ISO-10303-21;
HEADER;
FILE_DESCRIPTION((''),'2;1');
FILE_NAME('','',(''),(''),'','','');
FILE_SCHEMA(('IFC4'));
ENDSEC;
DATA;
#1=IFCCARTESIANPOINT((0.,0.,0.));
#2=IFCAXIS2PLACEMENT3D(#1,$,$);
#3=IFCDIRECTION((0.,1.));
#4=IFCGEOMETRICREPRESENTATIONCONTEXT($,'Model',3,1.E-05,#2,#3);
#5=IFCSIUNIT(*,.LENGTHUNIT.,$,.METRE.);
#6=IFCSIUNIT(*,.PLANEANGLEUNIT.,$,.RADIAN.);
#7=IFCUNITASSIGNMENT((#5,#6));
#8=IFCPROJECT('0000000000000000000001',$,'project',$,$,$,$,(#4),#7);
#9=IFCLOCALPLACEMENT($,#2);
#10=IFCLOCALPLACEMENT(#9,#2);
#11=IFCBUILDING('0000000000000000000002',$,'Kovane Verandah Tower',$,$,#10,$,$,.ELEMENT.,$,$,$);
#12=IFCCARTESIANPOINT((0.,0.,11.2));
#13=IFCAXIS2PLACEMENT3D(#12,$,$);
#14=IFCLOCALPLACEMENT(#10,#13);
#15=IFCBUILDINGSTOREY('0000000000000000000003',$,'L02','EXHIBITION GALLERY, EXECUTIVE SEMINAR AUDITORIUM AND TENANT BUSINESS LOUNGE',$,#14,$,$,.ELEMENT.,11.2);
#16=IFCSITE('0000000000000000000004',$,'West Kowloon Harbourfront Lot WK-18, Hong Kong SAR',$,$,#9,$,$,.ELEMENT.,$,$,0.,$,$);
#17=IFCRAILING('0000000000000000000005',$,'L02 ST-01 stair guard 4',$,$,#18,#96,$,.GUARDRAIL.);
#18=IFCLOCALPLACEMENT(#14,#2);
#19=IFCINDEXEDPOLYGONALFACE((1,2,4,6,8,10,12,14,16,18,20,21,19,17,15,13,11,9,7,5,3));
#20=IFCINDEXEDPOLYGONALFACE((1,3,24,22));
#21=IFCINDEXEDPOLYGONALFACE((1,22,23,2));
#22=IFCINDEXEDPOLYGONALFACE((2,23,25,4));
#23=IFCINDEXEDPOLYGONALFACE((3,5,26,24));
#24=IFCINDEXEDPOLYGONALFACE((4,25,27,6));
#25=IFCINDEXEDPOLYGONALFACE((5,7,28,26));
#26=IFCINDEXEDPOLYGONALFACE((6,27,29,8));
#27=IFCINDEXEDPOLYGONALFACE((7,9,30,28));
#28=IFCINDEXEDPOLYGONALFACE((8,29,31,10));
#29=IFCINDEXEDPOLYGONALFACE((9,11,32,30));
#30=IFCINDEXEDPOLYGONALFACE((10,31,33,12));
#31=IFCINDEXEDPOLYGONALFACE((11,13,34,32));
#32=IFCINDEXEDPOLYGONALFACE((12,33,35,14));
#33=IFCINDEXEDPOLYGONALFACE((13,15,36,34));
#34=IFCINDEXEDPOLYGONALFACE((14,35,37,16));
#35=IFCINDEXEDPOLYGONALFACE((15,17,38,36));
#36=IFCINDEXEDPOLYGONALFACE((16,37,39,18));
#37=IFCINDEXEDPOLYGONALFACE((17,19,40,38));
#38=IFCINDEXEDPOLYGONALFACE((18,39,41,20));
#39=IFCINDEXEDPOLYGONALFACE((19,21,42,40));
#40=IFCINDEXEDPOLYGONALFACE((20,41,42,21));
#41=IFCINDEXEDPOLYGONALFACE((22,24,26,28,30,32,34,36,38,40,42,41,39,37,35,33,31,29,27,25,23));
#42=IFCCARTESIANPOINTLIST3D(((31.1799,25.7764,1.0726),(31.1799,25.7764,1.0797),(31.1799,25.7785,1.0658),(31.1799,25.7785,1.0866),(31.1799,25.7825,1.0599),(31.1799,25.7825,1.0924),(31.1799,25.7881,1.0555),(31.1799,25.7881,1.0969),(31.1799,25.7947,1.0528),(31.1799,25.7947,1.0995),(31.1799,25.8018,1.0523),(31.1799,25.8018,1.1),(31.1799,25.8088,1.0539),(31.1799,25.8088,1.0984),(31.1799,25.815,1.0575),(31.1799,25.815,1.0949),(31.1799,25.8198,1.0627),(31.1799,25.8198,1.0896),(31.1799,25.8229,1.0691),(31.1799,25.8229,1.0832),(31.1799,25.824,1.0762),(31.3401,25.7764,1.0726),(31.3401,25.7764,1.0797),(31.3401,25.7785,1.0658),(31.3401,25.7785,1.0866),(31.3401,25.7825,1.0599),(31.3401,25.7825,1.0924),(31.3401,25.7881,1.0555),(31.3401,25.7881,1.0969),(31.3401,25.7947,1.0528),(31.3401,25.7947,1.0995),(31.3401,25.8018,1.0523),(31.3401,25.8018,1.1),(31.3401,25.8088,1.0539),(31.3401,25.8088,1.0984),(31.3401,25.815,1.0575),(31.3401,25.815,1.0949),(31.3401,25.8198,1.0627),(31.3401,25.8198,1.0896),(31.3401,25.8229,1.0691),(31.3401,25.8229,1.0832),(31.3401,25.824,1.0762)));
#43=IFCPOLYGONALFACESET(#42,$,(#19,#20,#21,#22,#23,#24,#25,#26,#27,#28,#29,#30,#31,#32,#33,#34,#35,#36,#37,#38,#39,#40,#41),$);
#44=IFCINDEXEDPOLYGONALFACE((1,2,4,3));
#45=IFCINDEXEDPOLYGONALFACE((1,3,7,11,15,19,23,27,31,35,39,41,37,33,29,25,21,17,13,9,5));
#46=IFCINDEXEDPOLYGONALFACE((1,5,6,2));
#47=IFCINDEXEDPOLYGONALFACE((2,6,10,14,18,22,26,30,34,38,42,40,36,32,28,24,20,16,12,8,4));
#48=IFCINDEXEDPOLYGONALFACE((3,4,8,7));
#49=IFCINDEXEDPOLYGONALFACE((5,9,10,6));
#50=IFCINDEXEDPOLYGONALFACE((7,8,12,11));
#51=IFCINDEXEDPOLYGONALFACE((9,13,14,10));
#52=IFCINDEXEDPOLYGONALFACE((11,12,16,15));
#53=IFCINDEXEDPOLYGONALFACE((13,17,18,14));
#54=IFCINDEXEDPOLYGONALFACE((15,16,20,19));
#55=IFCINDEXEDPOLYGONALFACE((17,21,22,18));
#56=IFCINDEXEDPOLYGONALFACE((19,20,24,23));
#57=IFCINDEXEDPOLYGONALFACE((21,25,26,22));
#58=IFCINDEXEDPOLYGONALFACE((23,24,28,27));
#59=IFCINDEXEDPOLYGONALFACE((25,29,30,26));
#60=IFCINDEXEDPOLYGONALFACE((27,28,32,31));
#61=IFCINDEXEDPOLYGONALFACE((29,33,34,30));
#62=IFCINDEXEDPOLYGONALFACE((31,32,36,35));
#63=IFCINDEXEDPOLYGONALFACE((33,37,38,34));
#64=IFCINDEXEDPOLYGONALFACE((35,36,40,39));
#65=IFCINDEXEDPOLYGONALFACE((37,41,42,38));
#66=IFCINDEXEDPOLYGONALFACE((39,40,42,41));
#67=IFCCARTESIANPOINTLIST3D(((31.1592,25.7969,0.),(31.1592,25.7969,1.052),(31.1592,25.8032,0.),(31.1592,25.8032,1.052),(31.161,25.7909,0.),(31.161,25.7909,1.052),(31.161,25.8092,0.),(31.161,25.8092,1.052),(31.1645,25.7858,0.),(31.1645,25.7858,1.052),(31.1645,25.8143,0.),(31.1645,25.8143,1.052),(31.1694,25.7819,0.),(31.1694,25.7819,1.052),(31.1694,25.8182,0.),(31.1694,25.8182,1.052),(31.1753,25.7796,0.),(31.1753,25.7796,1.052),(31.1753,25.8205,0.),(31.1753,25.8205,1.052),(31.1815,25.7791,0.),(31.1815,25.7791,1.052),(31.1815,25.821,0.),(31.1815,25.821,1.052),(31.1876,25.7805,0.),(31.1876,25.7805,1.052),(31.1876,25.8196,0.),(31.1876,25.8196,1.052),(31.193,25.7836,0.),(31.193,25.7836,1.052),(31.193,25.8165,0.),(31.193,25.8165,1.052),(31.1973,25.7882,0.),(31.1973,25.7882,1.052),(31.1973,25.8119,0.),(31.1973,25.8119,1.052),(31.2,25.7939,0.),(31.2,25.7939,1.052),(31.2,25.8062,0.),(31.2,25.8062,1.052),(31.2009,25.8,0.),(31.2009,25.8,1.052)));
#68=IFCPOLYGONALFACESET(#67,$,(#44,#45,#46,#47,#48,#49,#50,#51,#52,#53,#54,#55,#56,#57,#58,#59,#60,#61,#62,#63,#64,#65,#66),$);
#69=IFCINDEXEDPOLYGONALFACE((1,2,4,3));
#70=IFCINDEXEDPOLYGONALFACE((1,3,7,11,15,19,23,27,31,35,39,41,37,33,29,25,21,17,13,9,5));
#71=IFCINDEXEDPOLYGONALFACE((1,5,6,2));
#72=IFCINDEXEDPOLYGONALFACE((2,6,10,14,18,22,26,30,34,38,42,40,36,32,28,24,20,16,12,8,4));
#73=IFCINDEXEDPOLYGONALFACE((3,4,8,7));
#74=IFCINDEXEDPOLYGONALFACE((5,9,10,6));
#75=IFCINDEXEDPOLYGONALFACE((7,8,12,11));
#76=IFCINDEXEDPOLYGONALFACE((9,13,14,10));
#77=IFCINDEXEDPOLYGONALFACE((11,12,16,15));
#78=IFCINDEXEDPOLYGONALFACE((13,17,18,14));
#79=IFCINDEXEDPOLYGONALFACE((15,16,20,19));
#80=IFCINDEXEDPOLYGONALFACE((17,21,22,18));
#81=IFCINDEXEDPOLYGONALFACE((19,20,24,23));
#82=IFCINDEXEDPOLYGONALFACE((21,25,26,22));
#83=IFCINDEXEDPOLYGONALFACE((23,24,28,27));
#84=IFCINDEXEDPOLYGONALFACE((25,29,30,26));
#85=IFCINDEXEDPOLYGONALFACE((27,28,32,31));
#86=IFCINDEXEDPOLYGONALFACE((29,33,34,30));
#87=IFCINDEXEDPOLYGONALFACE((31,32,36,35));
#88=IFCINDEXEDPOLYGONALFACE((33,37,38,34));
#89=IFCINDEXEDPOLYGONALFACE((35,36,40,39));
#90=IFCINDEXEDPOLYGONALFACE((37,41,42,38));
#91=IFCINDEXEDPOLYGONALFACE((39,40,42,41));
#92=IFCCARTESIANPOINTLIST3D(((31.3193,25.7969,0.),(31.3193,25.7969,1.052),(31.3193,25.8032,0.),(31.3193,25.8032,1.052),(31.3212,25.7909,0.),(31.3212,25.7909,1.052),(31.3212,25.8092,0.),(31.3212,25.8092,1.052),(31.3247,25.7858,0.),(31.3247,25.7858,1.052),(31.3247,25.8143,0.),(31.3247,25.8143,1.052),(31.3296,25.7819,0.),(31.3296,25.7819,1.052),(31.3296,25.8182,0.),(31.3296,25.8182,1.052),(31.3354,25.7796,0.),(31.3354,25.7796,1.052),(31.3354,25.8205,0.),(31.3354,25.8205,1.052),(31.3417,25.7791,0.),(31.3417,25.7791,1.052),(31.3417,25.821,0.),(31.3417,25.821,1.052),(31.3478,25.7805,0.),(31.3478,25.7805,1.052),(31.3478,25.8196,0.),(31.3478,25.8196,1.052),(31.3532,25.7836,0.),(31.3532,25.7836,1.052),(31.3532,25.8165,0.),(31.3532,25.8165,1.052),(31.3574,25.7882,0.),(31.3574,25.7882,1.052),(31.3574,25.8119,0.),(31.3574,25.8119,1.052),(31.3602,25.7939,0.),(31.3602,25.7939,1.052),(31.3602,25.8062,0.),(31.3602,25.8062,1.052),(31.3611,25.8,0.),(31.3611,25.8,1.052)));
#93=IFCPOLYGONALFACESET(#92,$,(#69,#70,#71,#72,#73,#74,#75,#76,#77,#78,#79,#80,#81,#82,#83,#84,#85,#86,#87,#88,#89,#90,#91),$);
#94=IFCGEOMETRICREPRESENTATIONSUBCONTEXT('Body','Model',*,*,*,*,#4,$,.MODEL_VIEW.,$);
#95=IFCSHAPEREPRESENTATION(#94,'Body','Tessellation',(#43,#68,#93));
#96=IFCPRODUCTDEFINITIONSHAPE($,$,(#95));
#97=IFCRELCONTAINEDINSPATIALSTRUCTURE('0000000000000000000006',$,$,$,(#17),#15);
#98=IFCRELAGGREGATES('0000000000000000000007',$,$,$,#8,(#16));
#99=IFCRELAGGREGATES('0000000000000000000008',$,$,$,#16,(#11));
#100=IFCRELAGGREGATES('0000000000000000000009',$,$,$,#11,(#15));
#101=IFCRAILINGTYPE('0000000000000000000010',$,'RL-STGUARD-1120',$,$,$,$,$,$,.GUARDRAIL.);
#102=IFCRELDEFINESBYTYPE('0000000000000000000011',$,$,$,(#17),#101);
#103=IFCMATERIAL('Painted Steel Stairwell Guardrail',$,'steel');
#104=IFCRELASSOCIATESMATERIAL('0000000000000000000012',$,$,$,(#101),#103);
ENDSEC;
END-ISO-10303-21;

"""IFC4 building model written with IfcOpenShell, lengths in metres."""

from ifc_helpers import new_model, si_unit, direction, frame, origin, origin_2d, place, context, subcontext, project, spatial, circle, extrude, material, type_object, element, save


model = new_model("IFC4")

# Units and contexts
model_context = context("Model", 3, precision=1e-05, world=origin(), true_north=direction((0.0, 1.0)))
body_context = subcontext(model_context, "Body", "Model", "MODEL_VIEW")
ifc_project = project(units=[si_unit("LENGTHUNIT", "METRE"), si_unit("PLANEANGLEUNIT", "RADIAN")], contexts=[model_context])

# Site, building, storey
site_placement = place(None, origin())
site = spatial("IfcSite", under=ifc_project, at=site_placement, Name="West Kowloon Harbourfront Lot WK-18, Hong Kong SAR", CompositionType="ELEMENT", RefElevation=0.0)
building_placement = place(site_placement, origin())
building = spatial("IfcBuilding", under=site, at=building_placement, Name="Kovane Verandah Tower", CompositionType="ELEMENT")
storey_placement = place(building_placement, frame((0.0, 0.0, 11.2)))
storey = spatial("IfcBuildingStorey", under=building, at=storey_placement, Name="L02", Description="EXHIBITION GALLERY, EXECUTIVE SEMINAR AUDITORIUM AND TENANT BUSINESS LOUNGE", CompositionType="ELEMENT", Elevation=11.2)

# Railing
ifc_material_1 = material(Name="Painted Steel Stairwell Guardrail", Category="steel")
railing_type = type_object("IfcRailingType", Name="RL-STGUARD-1120", PredefinedType="GUARDRAIL", material=ifc_material_1)
railing_1_placement = place(storey_placement, frame((31.1799, 25.8, 0.0)))
element("IfcRailing", 1, at=railing_1_placement, inside=storey, type_object=railing_type, Name="L02 ST-01 stair guard 4", PredefinedType="GUARDRAIL", context=body_context, shape_type="SweptSolid", body=[
    extrude(circle(Radius=0.0239, at=origin_2d()), frame((0.0, 0.0, 1.0762), z_axis=(1.0, 0.0, 0.0), x_axis=(0.0, 1.0, 0.0)), (0.0, 0.0, 1.0), 0.1602),
    extrude(circle(Radius=0.021, at=origin_2d()), origin(), (0.0, 0.0, 1.0), 1.052),
    extrude(circle(Radius=0.021, at=origin_2d()), frame((0.1602, 0.0, 0.0)), (0.0, 0.0, 1.0), 1.052),
])

save(model, "model.ifc")
